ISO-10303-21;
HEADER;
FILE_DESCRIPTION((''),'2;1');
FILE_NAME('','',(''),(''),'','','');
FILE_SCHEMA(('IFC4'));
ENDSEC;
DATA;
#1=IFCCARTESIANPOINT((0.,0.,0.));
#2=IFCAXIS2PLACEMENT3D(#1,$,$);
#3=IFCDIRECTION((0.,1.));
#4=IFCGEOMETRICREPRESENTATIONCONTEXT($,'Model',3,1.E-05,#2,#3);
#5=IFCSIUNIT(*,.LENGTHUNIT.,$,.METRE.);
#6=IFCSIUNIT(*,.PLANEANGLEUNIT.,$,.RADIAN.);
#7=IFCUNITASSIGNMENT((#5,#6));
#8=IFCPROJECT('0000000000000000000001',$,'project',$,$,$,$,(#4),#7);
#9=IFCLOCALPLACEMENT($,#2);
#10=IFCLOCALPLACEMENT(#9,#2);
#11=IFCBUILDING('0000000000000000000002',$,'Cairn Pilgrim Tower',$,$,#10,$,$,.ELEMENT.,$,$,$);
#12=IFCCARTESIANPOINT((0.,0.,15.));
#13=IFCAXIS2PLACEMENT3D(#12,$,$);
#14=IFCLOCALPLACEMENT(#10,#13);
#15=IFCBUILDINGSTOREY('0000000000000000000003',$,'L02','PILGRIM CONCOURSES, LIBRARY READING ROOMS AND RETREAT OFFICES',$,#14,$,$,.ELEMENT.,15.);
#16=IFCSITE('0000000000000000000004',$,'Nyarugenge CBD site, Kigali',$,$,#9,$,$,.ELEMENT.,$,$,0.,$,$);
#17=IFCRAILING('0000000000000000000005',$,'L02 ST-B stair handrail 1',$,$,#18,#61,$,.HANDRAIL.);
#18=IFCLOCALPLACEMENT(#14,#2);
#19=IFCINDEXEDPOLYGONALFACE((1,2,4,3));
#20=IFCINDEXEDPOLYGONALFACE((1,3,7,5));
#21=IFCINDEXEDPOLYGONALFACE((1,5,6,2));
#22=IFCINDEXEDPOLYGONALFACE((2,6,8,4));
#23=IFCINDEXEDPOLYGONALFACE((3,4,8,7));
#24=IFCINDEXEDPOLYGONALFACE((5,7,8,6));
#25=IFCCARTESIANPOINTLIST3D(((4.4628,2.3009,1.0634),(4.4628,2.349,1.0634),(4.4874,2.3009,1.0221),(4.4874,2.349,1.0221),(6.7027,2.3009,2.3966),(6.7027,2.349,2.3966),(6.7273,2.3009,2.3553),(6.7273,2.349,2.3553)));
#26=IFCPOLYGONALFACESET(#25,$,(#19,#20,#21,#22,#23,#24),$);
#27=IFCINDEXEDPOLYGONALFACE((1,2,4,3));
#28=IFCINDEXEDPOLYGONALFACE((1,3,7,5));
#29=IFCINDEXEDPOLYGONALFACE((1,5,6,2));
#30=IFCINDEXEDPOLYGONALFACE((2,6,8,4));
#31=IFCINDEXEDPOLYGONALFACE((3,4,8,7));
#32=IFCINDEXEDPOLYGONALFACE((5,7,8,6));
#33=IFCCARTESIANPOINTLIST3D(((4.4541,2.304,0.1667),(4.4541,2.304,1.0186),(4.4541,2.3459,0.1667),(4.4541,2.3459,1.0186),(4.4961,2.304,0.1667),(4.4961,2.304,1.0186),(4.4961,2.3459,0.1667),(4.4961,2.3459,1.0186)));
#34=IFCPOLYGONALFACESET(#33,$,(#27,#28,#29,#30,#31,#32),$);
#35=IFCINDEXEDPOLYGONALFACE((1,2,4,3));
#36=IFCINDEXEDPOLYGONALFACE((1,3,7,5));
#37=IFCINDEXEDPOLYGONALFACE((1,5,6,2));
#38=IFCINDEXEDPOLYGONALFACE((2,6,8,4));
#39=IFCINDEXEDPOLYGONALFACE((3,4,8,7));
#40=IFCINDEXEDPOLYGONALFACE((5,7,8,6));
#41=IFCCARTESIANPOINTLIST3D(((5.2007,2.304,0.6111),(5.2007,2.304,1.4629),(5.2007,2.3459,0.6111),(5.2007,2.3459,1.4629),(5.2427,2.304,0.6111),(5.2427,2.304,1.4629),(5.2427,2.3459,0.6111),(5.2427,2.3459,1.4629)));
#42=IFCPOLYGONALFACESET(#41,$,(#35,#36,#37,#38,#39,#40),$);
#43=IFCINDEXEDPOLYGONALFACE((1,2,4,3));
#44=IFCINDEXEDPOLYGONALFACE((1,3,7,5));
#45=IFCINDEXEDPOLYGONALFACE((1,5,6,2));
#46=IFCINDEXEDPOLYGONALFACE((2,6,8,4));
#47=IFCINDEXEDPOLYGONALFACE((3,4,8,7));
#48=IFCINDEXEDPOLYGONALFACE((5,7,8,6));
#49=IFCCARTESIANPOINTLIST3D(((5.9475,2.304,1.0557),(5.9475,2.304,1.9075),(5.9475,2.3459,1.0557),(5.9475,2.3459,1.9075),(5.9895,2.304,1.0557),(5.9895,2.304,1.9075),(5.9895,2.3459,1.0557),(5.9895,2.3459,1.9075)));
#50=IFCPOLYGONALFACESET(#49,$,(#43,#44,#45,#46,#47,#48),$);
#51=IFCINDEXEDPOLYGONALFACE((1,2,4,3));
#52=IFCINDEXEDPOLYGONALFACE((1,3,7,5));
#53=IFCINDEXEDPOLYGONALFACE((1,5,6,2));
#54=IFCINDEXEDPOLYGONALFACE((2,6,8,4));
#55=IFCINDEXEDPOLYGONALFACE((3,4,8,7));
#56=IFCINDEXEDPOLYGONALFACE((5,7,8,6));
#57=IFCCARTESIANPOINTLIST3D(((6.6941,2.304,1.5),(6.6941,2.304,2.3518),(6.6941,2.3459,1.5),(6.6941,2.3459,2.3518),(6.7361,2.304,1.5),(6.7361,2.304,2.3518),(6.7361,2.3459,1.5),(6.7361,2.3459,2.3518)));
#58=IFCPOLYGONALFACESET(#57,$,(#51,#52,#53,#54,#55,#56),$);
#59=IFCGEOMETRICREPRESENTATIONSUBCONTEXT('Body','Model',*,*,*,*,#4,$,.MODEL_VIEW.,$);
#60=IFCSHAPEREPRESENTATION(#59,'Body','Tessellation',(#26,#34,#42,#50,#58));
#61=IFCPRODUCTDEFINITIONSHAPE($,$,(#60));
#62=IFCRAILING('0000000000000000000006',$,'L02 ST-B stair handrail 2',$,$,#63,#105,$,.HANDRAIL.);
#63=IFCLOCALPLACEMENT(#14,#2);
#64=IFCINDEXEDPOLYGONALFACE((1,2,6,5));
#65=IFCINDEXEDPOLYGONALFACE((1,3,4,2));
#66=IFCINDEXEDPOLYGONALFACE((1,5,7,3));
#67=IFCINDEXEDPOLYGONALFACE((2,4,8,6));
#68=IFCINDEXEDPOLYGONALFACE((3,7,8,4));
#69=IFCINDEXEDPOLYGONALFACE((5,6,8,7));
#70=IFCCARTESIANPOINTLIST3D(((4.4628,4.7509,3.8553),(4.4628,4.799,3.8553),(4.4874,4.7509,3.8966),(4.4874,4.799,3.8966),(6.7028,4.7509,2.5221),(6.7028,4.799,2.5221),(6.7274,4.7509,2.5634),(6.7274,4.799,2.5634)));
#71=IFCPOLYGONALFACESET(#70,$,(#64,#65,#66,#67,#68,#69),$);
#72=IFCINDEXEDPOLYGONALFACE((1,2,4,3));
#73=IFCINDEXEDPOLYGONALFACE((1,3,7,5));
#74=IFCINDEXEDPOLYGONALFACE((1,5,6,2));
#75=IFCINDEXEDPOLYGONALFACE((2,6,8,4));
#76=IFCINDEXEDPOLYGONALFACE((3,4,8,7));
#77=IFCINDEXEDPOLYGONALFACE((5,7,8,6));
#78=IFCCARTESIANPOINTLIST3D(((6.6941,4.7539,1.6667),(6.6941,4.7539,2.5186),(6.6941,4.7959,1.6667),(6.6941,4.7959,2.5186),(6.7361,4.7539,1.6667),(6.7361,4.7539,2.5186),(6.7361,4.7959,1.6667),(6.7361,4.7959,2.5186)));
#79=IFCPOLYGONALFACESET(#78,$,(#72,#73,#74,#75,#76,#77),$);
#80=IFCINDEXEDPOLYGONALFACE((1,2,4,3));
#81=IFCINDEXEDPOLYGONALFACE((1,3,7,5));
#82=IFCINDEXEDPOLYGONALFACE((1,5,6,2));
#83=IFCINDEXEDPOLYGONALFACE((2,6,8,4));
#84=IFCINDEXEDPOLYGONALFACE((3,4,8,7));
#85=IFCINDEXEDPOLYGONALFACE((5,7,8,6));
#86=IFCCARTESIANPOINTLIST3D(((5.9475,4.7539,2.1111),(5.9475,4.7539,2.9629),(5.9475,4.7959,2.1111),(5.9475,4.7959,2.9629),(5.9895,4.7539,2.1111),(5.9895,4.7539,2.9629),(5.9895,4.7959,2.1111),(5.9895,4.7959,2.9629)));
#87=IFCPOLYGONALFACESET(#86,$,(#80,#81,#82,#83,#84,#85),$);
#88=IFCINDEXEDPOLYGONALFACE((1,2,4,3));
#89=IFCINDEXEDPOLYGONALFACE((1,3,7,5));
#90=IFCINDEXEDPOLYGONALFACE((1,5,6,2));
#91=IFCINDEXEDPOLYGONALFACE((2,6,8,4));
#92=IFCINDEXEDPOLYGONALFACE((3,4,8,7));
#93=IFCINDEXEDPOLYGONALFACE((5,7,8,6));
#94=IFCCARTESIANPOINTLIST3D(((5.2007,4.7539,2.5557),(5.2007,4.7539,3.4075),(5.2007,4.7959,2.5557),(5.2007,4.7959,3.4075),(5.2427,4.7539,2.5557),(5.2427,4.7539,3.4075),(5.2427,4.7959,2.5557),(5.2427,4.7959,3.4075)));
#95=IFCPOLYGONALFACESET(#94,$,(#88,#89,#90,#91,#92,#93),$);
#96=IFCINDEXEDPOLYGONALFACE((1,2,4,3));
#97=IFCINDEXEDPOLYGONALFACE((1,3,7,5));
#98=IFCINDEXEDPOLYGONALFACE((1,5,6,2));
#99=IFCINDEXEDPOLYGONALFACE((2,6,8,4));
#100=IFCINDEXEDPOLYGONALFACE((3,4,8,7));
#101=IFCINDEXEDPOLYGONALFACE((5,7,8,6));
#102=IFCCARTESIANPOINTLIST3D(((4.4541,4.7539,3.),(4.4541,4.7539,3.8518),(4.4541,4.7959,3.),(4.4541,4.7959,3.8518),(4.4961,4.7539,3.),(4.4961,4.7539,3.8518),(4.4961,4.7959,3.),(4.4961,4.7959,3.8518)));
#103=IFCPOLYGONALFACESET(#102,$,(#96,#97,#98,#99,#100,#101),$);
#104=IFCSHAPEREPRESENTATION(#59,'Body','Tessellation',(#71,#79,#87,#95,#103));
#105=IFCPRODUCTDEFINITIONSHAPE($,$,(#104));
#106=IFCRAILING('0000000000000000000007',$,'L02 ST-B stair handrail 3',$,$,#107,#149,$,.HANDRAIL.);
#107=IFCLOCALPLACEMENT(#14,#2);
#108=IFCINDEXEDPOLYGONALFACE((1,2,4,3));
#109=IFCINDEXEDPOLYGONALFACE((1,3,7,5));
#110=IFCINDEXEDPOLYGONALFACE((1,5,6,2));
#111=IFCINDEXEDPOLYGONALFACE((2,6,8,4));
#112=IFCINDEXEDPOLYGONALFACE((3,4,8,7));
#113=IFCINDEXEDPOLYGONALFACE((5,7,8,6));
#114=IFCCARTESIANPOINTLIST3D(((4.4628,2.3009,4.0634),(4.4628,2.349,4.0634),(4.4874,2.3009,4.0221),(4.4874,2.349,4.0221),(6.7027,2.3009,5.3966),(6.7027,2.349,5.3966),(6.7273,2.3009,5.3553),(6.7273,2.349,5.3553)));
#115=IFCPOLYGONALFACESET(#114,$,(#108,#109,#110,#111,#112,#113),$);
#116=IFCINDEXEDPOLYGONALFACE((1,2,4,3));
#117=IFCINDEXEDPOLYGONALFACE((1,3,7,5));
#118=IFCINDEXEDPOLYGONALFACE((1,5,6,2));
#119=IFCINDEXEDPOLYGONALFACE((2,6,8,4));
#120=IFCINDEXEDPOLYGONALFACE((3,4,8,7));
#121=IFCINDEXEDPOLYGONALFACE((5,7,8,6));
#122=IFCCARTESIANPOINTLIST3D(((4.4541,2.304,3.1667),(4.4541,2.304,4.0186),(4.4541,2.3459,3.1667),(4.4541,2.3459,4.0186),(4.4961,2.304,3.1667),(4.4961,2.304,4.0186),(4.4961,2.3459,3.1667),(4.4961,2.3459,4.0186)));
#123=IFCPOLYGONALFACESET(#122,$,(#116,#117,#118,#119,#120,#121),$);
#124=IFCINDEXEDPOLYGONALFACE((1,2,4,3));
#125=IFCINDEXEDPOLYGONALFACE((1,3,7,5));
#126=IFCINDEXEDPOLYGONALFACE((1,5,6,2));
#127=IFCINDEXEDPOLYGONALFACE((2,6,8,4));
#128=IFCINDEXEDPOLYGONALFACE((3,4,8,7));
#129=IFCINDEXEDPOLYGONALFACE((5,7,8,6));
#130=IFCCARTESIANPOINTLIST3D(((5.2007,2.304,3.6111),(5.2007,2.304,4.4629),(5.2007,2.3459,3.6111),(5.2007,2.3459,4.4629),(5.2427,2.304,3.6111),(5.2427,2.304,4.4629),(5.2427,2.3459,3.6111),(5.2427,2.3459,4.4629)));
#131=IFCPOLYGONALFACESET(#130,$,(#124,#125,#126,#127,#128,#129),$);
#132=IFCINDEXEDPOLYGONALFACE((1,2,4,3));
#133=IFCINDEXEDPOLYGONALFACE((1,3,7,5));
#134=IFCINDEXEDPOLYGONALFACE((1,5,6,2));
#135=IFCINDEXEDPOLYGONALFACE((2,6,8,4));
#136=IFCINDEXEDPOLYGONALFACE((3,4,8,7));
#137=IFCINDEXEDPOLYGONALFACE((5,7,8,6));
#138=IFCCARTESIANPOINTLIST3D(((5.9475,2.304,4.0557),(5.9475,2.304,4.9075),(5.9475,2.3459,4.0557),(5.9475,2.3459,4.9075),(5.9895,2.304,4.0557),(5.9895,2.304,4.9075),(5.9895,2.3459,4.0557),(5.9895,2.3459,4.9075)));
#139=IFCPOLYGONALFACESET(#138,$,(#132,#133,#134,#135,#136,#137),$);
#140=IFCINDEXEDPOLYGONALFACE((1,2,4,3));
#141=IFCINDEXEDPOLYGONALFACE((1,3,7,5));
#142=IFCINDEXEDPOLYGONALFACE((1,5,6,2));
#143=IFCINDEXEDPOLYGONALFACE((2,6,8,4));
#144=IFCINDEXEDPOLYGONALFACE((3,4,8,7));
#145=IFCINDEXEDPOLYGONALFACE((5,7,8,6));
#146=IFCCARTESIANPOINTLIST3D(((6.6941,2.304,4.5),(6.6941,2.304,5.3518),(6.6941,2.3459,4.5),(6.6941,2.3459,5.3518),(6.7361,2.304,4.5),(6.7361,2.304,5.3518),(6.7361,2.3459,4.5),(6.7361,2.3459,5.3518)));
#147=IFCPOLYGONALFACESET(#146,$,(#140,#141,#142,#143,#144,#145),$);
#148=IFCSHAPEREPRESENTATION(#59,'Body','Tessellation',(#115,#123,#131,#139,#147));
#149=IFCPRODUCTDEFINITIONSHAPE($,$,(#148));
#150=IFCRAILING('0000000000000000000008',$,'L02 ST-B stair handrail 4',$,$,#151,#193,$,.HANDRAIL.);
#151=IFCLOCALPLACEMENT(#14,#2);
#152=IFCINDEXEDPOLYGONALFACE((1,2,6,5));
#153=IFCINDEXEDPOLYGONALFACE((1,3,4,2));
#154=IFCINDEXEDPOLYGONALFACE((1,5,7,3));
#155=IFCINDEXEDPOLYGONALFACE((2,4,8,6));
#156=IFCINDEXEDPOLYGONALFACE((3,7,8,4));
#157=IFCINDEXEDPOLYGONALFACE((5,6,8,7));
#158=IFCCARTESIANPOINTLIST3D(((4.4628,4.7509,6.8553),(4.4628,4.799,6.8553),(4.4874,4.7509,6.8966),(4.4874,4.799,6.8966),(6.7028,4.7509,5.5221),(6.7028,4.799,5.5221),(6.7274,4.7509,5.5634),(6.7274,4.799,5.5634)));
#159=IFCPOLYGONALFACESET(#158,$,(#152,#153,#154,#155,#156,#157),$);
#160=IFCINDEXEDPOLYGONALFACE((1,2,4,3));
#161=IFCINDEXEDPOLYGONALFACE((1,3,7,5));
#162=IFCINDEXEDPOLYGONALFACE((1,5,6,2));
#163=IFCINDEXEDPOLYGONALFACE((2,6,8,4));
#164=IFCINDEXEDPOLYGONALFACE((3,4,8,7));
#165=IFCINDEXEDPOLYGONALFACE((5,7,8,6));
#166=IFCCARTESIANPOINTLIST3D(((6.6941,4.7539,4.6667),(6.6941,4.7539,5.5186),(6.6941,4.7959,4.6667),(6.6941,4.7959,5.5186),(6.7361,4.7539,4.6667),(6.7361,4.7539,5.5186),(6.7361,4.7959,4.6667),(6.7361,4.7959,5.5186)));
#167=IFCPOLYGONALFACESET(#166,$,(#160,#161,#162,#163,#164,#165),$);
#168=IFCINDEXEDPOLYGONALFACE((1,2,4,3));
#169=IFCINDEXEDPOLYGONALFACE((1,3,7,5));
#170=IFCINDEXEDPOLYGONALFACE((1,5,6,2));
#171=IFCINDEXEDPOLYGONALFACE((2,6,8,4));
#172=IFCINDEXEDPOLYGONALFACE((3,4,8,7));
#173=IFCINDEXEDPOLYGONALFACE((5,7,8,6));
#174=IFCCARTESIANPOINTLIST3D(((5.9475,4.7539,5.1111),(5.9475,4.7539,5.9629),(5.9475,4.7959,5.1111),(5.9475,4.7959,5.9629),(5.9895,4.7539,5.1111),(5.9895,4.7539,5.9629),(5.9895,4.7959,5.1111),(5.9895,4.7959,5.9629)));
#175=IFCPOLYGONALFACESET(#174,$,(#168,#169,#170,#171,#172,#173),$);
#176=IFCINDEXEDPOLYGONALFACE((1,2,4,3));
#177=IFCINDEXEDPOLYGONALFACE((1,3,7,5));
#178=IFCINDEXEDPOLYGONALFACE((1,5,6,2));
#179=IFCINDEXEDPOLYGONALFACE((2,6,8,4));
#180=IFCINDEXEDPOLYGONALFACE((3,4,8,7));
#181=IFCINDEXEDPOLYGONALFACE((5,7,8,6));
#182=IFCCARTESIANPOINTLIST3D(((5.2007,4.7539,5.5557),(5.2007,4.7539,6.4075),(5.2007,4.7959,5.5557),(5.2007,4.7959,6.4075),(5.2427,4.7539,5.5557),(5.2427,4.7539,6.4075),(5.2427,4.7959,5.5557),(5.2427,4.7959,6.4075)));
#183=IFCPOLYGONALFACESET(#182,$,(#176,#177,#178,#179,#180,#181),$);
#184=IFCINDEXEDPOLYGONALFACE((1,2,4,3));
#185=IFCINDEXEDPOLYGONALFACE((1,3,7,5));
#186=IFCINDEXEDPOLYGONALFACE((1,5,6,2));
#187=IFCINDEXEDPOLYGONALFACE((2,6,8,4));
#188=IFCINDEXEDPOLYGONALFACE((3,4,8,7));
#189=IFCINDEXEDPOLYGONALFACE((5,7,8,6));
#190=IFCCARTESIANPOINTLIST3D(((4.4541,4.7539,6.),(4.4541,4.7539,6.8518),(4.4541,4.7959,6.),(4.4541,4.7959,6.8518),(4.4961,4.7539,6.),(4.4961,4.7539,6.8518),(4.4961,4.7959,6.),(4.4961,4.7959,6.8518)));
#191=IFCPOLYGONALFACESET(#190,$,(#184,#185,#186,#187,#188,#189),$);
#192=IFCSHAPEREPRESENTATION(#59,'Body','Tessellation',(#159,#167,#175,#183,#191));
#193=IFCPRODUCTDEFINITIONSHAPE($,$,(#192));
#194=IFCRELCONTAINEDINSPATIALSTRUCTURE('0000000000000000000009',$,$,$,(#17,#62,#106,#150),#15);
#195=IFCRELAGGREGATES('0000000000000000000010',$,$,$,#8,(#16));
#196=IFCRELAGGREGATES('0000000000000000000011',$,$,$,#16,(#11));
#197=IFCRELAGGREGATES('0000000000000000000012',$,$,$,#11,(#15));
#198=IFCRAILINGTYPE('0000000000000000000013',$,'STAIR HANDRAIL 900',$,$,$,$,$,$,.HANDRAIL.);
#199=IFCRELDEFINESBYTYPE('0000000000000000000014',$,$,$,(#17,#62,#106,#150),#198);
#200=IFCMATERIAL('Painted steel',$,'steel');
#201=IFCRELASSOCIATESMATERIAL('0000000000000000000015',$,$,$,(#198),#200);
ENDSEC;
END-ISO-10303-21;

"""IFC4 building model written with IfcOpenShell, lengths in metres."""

from ifc_helpers import new_model, si_unit, direction, frame, origin, origin_2d, place, context, subcontext, project, spatial, rectangle, extrude, material, type_object, element, save


model = new_model("IFC4")

# Units and contexts
model_context = context("Model", 3, precision=1e-05, world=origin(), true_north=direction((0.0, 1.0)))
body_context = subcontext(model_context, "Body", "Model", "MODEL_VIEW")
ifc_project = project(units=[si_unit("LENGTHUNIT", "METRE"), si_unit("PLANEANGLEUNIT", "RADIAN")], contexts=[model_context])

# Site, building, storey
site_placement = place(None, origin())
site = spatial("IfcSite", under=ifc_project, at=site_placement, Name="Nyarugenge CBD site, Kigali", CompositionType="ELEMENT", RefElevation=0.0)
building_placement = place(site_placement, origin())
building = spatial("IfcBuilding", under=site, at=building_placement, Name="Cairn Pilgrim Tower", CompositionType="ELEMENT")
storey_placement = place(building_placement, frame((0.0, 0.0, 15.0)))
storey = spatial("IfcBuildingStorey", under=building, at=storey_placement, Name="L02", Description="PILGRIM CONCOURSES, LIBRARY READING ROOMS AND RETREAT OFFICES", CompositionType="ELEMENT", Elevation=15.0)

# Shared definitions
ifc_material_1 = material(Name="Painted steel", Category="steel")

# Railings
railing_type_1 = type_object("IfcRailingType", Name="STAIR HANDRAIL 900", PredefinedType="HANDRAIL", material=ifc_material_1)
railing_1_placement = place(storey_placement, frame((4.4751, 2.325, 0.1667)))
element("IfcRailing", 1, at=railing_1_placement, inside=storey, type_object=railing_type_1, Name="L02 ST-B stair handrail 1", PredefinedType="HANDRAIL", context=body_context, shape_type="SweptSolid", body=[
    extrude(rectangle(XDim=0.0481, YDim=0.0481, at=origin_2d()), frame((0.0, 0.0, 0.876), z_axis=(0.859306, 0.0, 0.511462), x_axis=(0.0, 1.0, 0.0)), (0.0, 0.0, 1.0), 2.6067),
    extrude(rectangle(XDim=0.042, YDim=0.042, at=origin_2d()), origin(), (0.0, 0.0, 1.0), 0.8518),
    extrude(rectangle(XDim=0.042, YDim=0.042, at=origin_2d()), frame((0.7466, 0.0, 0.4443)), (0.0, 0.0, 1.0), 0.8518),
    extrude(rectangle(XDim=0.042, YDim=0.042, at=origin_2d()), frame((1.4934, 0.0, 0.8889)), (0.0, 0.0, 1.0), 0.8518),
    extrude(rectangle(XDim=0.042, YDim=0.042, at=origin_2d()), frame((2.24, 0.0, 1.3333)), (0.0, 0.0, 1.0), 0.8518),
])
railing_2_placement = place(storey_placement, frame((6.7151, 4.7749, 1.6667)))
element("IfcRailing", 2, at=railing_2_placement, inside=storey, type_object=railing_type_1, Name="L02 ST-B stair handrail 2", PredefinedType="HANDRAIL", context=body_context, shape_type="SweptSolid", body=[
    extrude(rectangle(XDim=0.0481, YDim=0.0481, at=origin_2d()), frame((0.0, 0.0, 0.876), z_axis=(-0.859306, 0.0, 0.511462), x_axis=(0.0, -1.0, 0.0)), (0.0, 0.0, 1.0), 2.6067),
    extrude(rectangle(XDim=0.042, YDim=0.042, at=origin_2d()), origin(), (0.0, 0.0, 1.0), 0.8518),
    extrude(rectangle(XDim=0.042, YDim=0.042, at=origin_2d()), frame((-0.7466, 0.0, 0.4443)), (0.0, 0.0, 1.0), 0.8518),
    extrude(rectangle(XDim=0.042, YDim=0.042, at=origin_2d()), frame((-1.4934, 0.0, 0.8889)), (0.0, 0.0, 1.0), 0.8518),
    extrude(rectangle(XDim=0.042, YDim=0.042, at=origin_2d()), frame((-2.24, 0.0, 1.3333)), (0.0, 0.0, 1.0), 0.8518),
])
railing_3_placement = place(storey_placement, frame((4.4751, 2.325, 3.1667)))
element("IfcRailing", 3, at=railing_3_placement, inside=storey, type_object=railing_type_1, Name="L02 ST-B stair handrail 3", PredefinedType="HANDRAIL", context=body_context, shape_type="SweptSolid", body=[
    extrude(rectangle(XDim=0.0481, YDim=0.0481, at=origin_2d()), frame((0.0, 0.0, 0.876), z_axis=(0.859306, 0.0, 0.511462), x_axis=(0.0, 1.0, 0.0)), (0.0, 0.0, 1.0), 2.6067),
    extrude(rectangle(XDim=0.042, YDim=0.042, at=origin_2d()), origin(), (0.0, 0.0, 1.0), 0.8518),
    extrude(rectangle(XDim=0.042, YDim=0.042, at=origin_2d()), frame((0.7466, 0.0, 0.4443)), (0.0, 0.0, 1.0), 0.8518),
    extrude(rectangle(XDim=0.042, YDim=0.042, at=origin_2d()), frame((1.4934, 0.0, 0.8889)), (0.0, 0.0, 1.0), 0.8518),
    extrude(rectangle(XDim=0.042, YDim=0.042, at=origin_2d()), frame((2.24, 0.0, 1.3333)), (0.0, 0.0, 1.0), 0.8518),
])
railing_4_placement = place(storey_placement, frame((6.7151, 4.7749, 4.6667)))
element("IfcRailing", 4, at=railing_4_placement, inside=storey, type_object=railing_type_1, Name="L02 ST-B stair handrail 4", PredefinedType="HANDRAIL", context=body_context, shape_type="SweptSolid", body=[
    extrude(rectangle(XDim=0.0481, YDim=0.0481, at=origin_2d()), frame((0.0, 0.0, 0.876), z_axis=(-0.859306, 0.0, 0.511462), x_axis=(0.0, -1.0, 0.0)), (0.0, 0.0, 1.0), 2.6067),
    extrude(rectangle(XDim=0.042, YDim=0.042, at=origin_2d()), origin(), (0.0, 0.0, 1.0), 0.8518),
    extrude(rectangle(XDim=0.042, YDim=0.042, at=origin_2d()), frame((-0.7466, 0.0, 0.4443)), (0.0, 0.0, 1.0), 0.8518),
    extrude(rectangle(XDim=0.042, YDim=0.042, at=origin_2d()), frame((-1.4934, 0.0, 0.8889)), (0.0, 0.0, 1.0), 0.8518),
    extrude(rectangle(XDim=0.042, YDim=0.042, at=origin_2d()), frame((-2.24, 0.0, 1.3333)), (0.0, 0.0, 1.0), 0.8518),
])

save(model, "model.ifc")
